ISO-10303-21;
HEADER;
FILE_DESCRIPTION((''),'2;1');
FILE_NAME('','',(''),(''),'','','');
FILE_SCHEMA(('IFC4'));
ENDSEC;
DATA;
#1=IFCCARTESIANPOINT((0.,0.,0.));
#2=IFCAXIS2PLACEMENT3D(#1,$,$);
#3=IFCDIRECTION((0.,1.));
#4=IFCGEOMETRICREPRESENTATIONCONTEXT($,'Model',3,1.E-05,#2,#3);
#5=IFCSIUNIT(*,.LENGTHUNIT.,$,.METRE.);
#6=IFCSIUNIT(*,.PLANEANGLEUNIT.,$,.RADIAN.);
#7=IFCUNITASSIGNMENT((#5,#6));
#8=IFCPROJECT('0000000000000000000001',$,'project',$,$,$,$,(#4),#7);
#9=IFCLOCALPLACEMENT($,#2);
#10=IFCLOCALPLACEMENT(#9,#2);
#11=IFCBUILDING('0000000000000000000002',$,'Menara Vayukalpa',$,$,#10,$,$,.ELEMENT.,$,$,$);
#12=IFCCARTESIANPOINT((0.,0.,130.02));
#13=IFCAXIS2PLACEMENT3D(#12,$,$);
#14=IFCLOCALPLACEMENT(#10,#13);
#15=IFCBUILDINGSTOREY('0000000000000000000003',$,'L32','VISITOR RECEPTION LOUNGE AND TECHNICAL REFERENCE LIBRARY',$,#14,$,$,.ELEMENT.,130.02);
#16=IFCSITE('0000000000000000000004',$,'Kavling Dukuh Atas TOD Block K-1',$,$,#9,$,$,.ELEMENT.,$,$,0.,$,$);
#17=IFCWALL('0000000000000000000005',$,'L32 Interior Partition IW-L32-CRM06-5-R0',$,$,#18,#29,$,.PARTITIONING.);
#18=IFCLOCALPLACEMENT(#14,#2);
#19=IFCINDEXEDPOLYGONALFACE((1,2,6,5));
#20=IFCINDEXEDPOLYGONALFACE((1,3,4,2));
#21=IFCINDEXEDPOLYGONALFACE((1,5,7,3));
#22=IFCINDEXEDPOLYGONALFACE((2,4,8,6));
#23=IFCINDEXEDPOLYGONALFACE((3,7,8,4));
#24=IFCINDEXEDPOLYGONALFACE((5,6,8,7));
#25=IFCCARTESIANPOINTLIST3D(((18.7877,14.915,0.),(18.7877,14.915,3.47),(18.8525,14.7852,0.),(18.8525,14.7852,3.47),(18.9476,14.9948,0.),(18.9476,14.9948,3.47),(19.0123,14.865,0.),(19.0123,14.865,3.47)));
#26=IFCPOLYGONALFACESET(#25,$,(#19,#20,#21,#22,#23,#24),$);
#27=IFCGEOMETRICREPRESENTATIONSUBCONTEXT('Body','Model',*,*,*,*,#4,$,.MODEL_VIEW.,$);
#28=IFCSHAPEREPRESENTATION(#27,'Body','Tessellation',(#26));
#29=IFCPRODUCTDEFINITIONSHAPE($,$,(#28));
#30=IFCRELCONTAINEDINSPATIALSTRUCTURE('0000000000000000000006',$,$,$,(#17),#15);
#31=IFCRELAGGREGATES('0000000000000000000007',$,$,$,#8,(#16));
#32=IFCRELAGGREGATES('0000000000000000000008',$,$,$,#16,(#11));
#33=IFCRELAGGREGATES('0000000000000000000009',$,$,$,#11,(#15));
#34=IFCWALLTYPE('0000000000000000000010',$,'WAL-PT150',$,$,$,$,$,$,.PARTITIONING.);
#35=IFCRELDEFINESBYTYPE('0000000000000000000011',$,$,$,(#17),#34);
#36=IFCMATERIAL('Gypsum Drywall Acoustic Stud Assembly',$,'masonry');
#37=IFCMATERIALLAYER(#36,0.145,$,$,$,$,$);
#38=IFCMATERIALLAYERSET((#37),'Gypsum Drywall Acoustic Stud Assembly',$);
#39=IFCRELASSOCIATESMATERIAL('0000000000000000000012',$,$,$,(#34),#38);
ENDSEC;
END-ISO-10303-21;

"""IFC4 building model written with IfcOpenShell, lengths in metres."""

from ifc_helpers import new_model, si_unit, direction, frame, frame_2d, origin, place, context, subcontext, project, spatial, rectangle, extrude, material, layer, layer_set, type_object, element, save


model = new_model("IFC4")

# Units and contexts
model_context = context("Model", 3, precision=1e-05, world=origin(), true_north=direction((0.0, 1.0)))
body_context = subcontext(model_context, "Body", "Model", "MODEL_VIEW")
ifc_project = project(units=[si_unit("LENGTHUNIT", "METRE"), si_unit("PLANEANGLEUNIT", "RADIAN")], contexts=[model_context])

# Site, building, storey
site_placement = place(None, origin())
site = spatial("IfcSite", under=ifc_project, at=site_placement, Name="Kavling Dukuh Atas TOD Block K-1", CompositionType="ELEMENT", RefElevation=0.0)
building_placement = place(site_placement, origin())
building = spatial("IfcBuilding", under=site, at=building_placement, Name="Menara Vayukalpa", CompositionType="ELEMENT")
storey_placement = place(building_placement, frame((0.0, 0.0, 130.02)))
storey = spatial("IfcBuildingStorey", under=building, at=storey_placement, Name="L32", Description="VISITOR RECEPTION LOUNGE AND TECHNICAL REFERENCE LIBRARY", CompositionType="ELEMENT", Elevation=130.02)

# Shared definitions
ifc_material_1 = material(Name="Gypsum Drywall Acoustic Stud Assembly", Category="masonry")
ifc_layer_1 = layer(ifc_material_1, 0.145)
ifc_layer_set_1 = layer_set([ifc_layer_1], Name="Gypsum Drywall Acoustic Stud Assembly")
wall_type_1 = type_object("IfcWallType", Name="WAL-PT150", PredefinedType="PARTITIONING", material=ifc_layer_set_1)

# Wall
wall_1_placement = place(storey_placement, frame((18.8201, 14.8501, 0.0), z_axis=(0.0, 0.0, 1.0), x_axis=(0.8947, 0.446667, 0.0)))
element("IfcWall", 1, at=wall_1_placement, inside=storey, type_object=wall_type_1, Name="L32 Interior Partition IW-L32-CRM06-5-R0", PredefinedType="PARTITIONING", context=body_context, shape_type="SweptSolid", body=[
    extrude(rectangle(XDim=0.1787, YDim=0.145, at=frame_2d((0.0894, 0.0))), origin(), (0.0, 0.0, 1.0), 3.47),
])

save(model, "model.ifc")
